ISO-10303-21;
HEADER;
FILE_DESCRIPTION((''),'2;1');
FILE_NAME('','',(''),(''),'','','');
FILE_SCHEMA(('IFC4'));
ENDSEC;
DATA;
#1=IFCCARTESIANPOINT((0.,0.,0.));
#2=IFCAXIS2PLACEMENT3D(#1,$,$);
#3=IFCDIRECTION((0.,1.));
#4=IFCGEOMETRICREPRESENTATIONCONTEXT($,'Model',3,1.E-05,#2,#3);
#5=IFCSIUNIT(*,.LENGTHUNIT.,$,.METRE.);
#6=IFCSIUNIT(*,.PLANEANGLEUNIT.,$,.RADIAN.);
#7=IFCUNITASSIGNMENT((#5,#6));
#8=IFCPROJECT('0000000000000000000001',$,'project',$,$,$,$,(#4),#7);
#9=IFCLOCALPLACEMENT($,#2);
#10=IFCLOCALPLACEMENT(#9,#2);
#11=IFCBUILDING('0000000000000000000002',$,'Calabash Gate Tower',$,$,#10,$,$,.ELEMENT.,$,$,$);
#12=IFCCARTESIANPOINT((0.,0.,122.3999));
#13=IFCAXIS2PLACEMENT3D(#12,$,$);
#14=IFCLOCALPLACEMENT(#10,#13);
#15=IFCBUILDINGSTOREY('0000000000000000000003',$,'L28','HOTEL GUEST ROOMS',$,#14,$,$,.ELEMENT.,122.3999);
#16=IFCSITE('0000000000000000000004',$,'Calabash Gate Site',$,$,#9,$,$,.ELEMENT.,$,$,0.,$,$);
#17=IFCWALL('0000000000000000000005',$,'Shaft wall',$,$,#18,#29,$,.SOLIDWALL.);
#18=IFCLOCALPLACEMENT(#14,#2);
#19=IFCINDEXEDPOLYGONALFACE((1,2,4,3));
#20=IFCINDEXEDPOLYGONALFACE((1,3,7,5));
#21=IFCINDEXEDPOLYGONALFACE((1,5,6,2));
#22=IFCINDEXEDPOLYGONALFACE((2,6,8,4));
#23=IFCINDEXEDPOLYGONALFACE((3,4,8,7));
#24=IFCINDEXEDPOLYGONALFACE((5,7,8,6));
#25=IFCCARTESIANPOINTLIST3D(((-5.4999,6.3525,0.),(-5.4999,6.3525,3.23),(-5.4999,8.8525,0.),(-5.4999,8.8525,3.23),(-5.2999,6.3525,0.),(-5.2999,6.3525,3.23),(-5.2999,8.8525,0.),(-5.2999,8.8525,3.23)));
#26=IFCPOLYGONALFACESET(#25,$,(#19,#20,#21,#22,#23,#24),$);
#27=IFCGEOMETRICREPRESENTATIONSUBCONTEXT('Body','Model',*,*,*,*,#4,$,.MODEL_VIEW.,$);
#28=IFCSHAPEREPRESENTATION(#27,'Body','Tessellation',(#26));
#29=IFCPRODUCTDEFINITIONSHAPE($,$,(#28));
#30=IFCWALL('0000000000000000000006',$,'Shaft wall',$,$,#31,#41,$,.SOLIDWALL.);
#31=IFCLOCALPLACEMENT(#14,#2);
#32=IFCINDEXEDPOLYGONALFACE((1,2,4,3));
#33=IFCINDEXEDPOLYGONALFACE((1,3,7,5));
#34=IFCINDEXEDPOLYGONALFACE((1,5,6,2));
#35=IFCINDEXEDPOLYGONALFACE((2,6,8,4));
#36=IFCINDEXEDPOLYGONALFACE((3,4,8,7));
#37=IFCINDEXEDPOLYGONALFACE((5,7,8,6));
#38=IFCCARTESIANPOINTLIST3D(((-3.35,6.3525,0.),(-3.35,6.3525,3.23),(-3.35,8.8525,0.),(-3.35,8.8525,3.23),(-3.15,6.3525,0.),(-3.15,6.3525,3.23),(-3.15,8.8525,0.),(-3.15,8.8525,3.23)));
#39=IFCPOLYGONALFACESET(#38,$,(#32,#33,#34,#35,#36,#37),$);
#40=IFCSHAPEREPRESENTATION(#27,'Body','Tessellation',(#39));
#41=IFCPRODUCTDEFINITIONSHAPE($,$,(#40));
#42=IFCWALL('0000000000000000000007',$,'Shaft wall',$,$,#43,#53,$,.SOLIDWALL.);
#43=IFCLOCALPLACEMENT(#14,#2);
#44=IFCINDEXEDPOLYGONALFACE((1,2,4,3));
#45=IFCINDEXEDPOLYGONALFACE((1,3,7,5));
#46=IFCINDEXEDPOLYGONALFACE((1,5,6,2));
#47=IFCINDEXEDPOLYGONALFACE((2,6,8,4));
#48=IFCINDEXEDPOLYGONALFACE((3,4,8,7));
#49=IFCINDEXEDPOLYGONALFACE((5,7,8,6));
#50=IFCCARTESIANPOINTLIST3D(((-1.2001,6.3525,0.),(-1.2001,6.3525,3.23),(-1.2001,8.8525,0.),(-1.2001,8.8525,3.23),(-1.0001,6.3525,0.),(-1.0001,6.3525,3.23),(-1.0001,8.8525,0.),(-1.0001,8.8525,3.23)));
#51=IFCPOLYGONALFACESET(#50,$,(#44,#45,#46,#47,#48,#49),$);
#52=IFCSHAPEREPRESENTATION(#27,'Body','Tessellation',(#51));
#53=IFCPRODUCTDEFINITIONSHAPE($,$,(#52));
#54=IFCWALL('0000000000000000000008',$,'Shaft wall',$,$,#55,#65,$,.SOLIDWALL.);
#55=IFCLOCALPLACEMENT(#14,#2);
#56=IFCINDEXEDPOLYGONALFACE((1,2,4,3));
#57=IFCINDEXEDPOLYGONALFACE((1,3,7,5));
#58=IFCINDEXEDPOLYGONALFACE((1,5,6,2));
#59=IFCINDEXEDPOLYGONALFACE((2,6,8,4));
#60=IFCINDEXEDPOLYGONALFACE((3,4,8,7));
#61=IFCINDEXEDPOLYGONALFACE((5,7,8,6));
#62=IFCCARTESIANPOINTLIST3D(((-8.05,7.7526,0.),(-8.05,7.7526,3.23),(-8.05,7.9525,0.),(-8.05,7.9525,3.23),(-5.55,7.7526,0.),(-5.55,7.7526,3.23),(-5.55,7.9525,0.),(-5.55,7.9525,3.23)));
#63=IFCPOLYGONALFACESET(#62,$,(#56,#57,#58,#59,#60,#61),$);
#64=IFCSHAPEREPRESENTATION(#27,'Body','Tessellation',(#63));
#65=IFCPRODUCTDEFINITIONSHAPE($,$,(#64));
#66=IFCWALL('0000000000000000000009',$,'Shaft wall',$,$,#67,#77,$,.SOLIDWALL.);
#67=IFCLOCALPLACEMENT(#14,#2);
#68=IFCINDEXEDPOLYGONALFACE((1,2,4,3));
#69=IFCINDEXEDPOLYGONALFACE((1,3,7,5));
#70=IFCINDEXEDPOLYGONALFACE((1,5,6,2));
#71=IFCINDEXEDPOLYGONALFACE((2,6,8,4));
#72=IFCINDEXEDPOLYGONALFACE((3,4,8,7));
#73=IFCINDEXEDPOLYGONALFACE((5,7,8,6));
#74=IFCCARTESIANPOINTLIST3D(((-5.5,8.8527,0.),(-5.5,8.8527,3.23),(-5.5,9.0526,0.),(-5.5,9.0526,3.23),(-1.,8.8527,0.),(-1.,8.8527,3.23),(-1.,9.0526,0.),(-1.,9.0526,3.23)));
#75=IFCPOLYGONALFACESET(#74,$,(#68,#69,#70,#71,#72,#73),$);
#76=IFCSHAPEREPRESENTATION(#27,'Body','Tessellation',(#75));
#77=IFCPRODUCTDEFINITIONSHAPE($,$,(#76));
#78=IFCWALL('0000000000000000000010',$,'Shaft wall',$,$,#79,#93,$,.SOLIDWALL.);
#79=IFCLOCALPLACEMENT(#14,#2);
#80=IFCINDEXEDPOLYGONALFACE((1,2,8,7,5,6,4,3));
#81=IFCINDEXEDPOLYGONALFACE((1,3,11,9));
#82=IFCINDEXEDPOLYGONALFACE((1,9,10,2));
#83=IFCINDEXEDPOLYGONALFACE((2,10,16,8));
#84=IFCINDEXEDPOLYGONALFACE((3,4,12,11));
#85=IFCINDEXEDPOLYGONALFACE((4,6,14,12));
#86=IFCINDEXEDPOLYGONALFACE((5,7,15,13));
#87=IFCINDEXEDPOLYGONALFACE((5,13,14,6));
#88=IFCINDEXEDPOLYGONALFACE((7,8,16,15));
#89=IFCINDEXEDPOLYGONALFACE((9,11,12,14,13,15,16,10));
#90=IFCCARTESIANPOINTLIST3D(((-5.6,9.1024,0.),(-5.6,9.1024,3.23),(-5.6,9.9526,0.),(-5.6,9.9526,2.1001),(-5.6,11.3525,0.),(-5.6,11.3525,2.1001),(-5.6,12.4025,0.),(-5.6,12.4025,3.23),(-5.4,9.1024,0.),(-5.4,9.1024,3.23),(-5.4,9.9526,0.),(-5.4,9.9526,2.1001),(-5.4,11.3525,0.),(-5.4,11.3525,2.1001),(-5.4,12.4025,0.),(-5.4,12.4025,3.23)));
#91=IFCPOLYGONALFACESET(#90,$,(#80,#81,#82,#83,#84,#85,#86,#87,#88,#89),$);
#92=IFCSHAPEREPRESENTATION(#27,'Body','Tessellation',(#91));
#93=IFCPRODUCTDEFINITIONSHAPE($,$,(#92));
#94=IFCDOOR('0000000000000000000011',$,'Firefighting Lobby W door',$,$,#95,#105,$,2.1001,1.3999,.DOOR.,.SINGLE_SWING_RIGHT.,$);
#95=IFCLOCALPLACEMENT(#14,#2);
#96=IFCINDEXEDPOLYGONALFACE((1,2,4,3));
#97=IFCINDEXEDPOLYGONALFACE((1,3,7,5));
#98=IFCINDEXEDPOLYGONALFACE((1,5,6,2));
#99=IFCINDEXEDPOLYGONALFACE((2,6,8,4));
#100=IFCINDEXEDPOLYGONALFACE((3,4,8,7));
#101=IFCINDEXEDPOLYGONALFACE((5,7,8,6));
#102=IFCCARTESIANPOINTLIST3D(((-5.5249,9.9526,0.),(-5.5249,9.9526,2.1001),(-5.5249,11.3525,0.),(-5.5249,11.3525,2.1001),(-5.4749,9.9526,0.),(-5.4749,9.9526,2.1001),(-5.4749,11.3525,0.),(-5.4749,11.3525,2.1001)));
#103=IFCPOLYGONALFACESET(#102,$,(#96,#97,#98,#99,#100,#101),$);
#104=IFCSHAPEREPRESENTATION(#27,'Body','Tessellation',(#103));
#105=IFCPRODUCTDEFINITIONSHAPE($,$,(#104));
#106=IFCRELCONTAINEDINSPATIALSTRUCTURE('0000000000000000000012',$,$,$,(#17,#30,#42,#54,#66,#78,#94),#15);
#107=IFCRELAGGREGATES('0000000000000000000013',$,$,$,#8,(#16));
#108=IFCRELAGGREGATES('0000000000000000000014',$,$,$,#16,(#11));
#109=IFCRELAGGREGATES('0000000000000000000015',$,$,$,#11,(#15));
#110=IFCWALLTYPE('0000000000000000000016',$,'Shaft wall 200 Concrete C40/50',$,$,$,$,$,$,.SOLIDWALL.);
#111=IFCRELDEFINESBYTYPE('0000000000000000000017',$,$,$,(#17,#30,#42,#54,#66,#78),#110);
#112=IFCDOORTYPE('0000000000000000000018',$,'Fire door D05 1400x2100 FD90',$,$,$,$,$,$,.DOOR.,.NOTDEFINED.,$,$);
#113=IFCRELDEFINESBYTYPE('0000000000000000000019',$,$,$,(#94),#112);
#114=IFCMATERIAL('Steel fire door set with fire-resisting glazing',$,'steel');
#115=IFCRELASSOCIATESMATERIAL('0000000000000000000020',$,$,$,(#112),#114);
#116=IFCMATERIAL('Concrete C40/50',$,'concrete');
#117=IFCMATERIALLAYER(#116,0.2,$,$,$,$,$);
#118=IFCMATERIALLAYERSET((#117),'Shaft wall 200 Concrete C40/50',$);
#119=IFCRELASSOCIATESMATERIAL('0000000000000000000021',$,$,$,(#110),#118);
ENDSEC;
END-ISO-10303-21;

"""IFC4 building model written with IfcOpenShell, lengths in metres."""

from ifc_helpers import new_model, si_unit, direction, frame, frame_2d, origin, place, context, subcontext, project, spatial, rectangle, extrude, material, layer, layer_set, type_object, element, fill, save


model = new_model("IFC4")

# Units and contexts
model_context = context("Model", 3, precision=1e-05, world=origin(), true_north=direction((0.0, 1.0)))
body_context = subcontext(model_context, "Body", "Model", "MODEL_VIEW")
ifc_project = project(units=[si_unit("LENGTHUNIT", "METRE"), si_unit("PLANEANGLEUNIT", "RADIAN")], contexts=[model_context])

# Site, building, storey
site_placement = place(None, origin())
site = spatial("IfcSite", under=ifc_project, at=site_placement, Name="Calabash Gate Site", CompositionType="ELEMENT", RefElevation=0.0)
building_placement = place(site_placement, origin())
building = spatial("IfcBuilding", under=site, at=building_placement, Name="Calabash Gate Tower", CompositionType="ELEMENT")
storey_placement = place(building_placement, frame((0.0, 0.0, 122.3999)))
storey = spatial("IfcBuildingStorey", under=building, at=storey_placement, Name="L28", Description="HOTEL GUEST ROOMS", CompositionType="ELEMENT", Elevation=122.3999)

# Shared definitions
ifc_material_1 = material(Name="Steel fire door set with fire-resisting glazing", Category="steel")
door_type_1 = type_object("IfcDoorType", Name="Fire door D05 1400x2100 FD90", OperationType="NOTDEFINED", PredefinedType="DOOR", material=ifc_material_1)

# Walls
ifc_material_2 = material(Name="Concrete C40/50", Category="concrete")
ifc_layer_1 = layer(ifc_material_2, 0.2)
ifc_layer_set_1 = layer_set([ifc_layer_1], Name="Shaft wall 200 Concrete C40/50")
wall_type_1 = type_object("IfcWallType", Name="Shaft wall 200 Concrete C40/50", PredefinedType="SOLIDWALL", material=ifc_layer_set_1)
for number, where, z_axis, x_axis, name in (
    (1, (-5.3999, 6.3525, 0.0), (0.0, 0.0, 1.0), (0.0, 1.0, 0.0), "Shaft wall"),
    (2, (-3.25, 6.3525, 0.0), (0.0, 0.0, 1.0), (0.0, 1.0, 0.0), "Shaft wall"),
    (3, (-1.1001, 6.3525, 0.0), (0.0, 0.0, 1.0), (0.0, 1.0, 0.0), "Shaft wall"),
    (4, (-8.05, 7.8525, 0.0), (0.0, 0.0, 1.0), (1.0, 0.0, 0.0), "Shaft wall"),
):
    element("IfcWall", number, at=place(storey_placement, frame(where, z_axis=z_axis, x_axis=x_axis)), inside=storey, type_object=wall_type_1, Name=name, PredefinedType="SOLIDWALL", context=body_context, shape_type="SweptSolid", body=[
        extrude(rectangle(XDim=2.5, YDim=0.2, at=frame_2d((1.25, 0.0))), origin(), (0.0, 0.0, 1.0), 3.23),
    ])
wall_1_placement = place(storey_placement, frame((-5.5, 8.9526, 0.0), z_axis=(0.0, 0.0, 1.0), x_axis=(1.0, 0.0, 0.0)))
element("IfcWall", 5, at=wall_1_placement, inside=storey, type_object=wall_type_1, Name="Shaft wall", PredefinedType="SOLIDWALL", context=body_context, shape_type="SweptSolid", body=[
    extrude(rectangle(XDim=4.5, YDim=0.2, at=frame_2d((2.25, 0.0))), origin(), (0.0, 0.0, 1.0), 3.23),
])

# Wall, opening, door
wall_2_placement = place(storey_placement, frame((-5.5, 9.1025, 0.0), z_axis=(0.0, 0.0, 1.0), x_axis=(0.0, 1.0, 0.0)))
wall_2 = element("IfcWall", 6, at=wall_2_placement, inside=storey, type_object=wall_type_1, Name="Shaft wall", PredefinedType="SOLIDWALL", context=body_context, shape_type="SweptSolid", body=[
    extrude(rectangle(XDim=3.3, YDim=0.2, at=frame_2d((1.6499, 0.0))), origin(), (0.0, 0.0, 1.0), 3.23),
])
opening_1_placement = place(wall_2_placement, frame((0.8501, 0.0, 0.0)))
opening_1 = element("IfcOpeningElement", 7, at=opening_1_placement, cuts=wall_2, PredefinedType="OPENING", context=body_context, shape_type="SweptSolid", body=[
    extrude(rectangle(XDim=1.3999, YDim=2.1001, at=frame_2d((0.7, 1.05))), frame((0.0, 0.1099, 0.0), z_axis=(0.0, -1.0, 0.0), x_axis=(1.0, 0.0, 0.0)), (0.0, 0.0, 1.0), 0.22),
])
door_1_placement = place(opening_1_placement, origin())
door_1 = element("IfcDoor", 8, at=door_1_placement, inside=storey, type_object=door_type_1, Name="Firefighting Lobby W door", OperationType="SINGLE_SWING_RIGHT", OverallHeight=2.1001, OverallWidth=1.3999, PredefinedType="DOOR", context=body_context, shape_type="SweptSolid", body=[
    extrude(rectangle(XDim=1.3999, YDim=2.1001, at=frame_2d((0.7, 1.05))), frame((0.0, 0.0249, 0.0), z_axis=(0.0, -1.0, 0.0), x_axis=(1.0, 0.0, 0.0)), (0.0, 0.0, 1.0), 0.05),
])
fill(opening_1, door_1)

save(model, "model.ifc")
